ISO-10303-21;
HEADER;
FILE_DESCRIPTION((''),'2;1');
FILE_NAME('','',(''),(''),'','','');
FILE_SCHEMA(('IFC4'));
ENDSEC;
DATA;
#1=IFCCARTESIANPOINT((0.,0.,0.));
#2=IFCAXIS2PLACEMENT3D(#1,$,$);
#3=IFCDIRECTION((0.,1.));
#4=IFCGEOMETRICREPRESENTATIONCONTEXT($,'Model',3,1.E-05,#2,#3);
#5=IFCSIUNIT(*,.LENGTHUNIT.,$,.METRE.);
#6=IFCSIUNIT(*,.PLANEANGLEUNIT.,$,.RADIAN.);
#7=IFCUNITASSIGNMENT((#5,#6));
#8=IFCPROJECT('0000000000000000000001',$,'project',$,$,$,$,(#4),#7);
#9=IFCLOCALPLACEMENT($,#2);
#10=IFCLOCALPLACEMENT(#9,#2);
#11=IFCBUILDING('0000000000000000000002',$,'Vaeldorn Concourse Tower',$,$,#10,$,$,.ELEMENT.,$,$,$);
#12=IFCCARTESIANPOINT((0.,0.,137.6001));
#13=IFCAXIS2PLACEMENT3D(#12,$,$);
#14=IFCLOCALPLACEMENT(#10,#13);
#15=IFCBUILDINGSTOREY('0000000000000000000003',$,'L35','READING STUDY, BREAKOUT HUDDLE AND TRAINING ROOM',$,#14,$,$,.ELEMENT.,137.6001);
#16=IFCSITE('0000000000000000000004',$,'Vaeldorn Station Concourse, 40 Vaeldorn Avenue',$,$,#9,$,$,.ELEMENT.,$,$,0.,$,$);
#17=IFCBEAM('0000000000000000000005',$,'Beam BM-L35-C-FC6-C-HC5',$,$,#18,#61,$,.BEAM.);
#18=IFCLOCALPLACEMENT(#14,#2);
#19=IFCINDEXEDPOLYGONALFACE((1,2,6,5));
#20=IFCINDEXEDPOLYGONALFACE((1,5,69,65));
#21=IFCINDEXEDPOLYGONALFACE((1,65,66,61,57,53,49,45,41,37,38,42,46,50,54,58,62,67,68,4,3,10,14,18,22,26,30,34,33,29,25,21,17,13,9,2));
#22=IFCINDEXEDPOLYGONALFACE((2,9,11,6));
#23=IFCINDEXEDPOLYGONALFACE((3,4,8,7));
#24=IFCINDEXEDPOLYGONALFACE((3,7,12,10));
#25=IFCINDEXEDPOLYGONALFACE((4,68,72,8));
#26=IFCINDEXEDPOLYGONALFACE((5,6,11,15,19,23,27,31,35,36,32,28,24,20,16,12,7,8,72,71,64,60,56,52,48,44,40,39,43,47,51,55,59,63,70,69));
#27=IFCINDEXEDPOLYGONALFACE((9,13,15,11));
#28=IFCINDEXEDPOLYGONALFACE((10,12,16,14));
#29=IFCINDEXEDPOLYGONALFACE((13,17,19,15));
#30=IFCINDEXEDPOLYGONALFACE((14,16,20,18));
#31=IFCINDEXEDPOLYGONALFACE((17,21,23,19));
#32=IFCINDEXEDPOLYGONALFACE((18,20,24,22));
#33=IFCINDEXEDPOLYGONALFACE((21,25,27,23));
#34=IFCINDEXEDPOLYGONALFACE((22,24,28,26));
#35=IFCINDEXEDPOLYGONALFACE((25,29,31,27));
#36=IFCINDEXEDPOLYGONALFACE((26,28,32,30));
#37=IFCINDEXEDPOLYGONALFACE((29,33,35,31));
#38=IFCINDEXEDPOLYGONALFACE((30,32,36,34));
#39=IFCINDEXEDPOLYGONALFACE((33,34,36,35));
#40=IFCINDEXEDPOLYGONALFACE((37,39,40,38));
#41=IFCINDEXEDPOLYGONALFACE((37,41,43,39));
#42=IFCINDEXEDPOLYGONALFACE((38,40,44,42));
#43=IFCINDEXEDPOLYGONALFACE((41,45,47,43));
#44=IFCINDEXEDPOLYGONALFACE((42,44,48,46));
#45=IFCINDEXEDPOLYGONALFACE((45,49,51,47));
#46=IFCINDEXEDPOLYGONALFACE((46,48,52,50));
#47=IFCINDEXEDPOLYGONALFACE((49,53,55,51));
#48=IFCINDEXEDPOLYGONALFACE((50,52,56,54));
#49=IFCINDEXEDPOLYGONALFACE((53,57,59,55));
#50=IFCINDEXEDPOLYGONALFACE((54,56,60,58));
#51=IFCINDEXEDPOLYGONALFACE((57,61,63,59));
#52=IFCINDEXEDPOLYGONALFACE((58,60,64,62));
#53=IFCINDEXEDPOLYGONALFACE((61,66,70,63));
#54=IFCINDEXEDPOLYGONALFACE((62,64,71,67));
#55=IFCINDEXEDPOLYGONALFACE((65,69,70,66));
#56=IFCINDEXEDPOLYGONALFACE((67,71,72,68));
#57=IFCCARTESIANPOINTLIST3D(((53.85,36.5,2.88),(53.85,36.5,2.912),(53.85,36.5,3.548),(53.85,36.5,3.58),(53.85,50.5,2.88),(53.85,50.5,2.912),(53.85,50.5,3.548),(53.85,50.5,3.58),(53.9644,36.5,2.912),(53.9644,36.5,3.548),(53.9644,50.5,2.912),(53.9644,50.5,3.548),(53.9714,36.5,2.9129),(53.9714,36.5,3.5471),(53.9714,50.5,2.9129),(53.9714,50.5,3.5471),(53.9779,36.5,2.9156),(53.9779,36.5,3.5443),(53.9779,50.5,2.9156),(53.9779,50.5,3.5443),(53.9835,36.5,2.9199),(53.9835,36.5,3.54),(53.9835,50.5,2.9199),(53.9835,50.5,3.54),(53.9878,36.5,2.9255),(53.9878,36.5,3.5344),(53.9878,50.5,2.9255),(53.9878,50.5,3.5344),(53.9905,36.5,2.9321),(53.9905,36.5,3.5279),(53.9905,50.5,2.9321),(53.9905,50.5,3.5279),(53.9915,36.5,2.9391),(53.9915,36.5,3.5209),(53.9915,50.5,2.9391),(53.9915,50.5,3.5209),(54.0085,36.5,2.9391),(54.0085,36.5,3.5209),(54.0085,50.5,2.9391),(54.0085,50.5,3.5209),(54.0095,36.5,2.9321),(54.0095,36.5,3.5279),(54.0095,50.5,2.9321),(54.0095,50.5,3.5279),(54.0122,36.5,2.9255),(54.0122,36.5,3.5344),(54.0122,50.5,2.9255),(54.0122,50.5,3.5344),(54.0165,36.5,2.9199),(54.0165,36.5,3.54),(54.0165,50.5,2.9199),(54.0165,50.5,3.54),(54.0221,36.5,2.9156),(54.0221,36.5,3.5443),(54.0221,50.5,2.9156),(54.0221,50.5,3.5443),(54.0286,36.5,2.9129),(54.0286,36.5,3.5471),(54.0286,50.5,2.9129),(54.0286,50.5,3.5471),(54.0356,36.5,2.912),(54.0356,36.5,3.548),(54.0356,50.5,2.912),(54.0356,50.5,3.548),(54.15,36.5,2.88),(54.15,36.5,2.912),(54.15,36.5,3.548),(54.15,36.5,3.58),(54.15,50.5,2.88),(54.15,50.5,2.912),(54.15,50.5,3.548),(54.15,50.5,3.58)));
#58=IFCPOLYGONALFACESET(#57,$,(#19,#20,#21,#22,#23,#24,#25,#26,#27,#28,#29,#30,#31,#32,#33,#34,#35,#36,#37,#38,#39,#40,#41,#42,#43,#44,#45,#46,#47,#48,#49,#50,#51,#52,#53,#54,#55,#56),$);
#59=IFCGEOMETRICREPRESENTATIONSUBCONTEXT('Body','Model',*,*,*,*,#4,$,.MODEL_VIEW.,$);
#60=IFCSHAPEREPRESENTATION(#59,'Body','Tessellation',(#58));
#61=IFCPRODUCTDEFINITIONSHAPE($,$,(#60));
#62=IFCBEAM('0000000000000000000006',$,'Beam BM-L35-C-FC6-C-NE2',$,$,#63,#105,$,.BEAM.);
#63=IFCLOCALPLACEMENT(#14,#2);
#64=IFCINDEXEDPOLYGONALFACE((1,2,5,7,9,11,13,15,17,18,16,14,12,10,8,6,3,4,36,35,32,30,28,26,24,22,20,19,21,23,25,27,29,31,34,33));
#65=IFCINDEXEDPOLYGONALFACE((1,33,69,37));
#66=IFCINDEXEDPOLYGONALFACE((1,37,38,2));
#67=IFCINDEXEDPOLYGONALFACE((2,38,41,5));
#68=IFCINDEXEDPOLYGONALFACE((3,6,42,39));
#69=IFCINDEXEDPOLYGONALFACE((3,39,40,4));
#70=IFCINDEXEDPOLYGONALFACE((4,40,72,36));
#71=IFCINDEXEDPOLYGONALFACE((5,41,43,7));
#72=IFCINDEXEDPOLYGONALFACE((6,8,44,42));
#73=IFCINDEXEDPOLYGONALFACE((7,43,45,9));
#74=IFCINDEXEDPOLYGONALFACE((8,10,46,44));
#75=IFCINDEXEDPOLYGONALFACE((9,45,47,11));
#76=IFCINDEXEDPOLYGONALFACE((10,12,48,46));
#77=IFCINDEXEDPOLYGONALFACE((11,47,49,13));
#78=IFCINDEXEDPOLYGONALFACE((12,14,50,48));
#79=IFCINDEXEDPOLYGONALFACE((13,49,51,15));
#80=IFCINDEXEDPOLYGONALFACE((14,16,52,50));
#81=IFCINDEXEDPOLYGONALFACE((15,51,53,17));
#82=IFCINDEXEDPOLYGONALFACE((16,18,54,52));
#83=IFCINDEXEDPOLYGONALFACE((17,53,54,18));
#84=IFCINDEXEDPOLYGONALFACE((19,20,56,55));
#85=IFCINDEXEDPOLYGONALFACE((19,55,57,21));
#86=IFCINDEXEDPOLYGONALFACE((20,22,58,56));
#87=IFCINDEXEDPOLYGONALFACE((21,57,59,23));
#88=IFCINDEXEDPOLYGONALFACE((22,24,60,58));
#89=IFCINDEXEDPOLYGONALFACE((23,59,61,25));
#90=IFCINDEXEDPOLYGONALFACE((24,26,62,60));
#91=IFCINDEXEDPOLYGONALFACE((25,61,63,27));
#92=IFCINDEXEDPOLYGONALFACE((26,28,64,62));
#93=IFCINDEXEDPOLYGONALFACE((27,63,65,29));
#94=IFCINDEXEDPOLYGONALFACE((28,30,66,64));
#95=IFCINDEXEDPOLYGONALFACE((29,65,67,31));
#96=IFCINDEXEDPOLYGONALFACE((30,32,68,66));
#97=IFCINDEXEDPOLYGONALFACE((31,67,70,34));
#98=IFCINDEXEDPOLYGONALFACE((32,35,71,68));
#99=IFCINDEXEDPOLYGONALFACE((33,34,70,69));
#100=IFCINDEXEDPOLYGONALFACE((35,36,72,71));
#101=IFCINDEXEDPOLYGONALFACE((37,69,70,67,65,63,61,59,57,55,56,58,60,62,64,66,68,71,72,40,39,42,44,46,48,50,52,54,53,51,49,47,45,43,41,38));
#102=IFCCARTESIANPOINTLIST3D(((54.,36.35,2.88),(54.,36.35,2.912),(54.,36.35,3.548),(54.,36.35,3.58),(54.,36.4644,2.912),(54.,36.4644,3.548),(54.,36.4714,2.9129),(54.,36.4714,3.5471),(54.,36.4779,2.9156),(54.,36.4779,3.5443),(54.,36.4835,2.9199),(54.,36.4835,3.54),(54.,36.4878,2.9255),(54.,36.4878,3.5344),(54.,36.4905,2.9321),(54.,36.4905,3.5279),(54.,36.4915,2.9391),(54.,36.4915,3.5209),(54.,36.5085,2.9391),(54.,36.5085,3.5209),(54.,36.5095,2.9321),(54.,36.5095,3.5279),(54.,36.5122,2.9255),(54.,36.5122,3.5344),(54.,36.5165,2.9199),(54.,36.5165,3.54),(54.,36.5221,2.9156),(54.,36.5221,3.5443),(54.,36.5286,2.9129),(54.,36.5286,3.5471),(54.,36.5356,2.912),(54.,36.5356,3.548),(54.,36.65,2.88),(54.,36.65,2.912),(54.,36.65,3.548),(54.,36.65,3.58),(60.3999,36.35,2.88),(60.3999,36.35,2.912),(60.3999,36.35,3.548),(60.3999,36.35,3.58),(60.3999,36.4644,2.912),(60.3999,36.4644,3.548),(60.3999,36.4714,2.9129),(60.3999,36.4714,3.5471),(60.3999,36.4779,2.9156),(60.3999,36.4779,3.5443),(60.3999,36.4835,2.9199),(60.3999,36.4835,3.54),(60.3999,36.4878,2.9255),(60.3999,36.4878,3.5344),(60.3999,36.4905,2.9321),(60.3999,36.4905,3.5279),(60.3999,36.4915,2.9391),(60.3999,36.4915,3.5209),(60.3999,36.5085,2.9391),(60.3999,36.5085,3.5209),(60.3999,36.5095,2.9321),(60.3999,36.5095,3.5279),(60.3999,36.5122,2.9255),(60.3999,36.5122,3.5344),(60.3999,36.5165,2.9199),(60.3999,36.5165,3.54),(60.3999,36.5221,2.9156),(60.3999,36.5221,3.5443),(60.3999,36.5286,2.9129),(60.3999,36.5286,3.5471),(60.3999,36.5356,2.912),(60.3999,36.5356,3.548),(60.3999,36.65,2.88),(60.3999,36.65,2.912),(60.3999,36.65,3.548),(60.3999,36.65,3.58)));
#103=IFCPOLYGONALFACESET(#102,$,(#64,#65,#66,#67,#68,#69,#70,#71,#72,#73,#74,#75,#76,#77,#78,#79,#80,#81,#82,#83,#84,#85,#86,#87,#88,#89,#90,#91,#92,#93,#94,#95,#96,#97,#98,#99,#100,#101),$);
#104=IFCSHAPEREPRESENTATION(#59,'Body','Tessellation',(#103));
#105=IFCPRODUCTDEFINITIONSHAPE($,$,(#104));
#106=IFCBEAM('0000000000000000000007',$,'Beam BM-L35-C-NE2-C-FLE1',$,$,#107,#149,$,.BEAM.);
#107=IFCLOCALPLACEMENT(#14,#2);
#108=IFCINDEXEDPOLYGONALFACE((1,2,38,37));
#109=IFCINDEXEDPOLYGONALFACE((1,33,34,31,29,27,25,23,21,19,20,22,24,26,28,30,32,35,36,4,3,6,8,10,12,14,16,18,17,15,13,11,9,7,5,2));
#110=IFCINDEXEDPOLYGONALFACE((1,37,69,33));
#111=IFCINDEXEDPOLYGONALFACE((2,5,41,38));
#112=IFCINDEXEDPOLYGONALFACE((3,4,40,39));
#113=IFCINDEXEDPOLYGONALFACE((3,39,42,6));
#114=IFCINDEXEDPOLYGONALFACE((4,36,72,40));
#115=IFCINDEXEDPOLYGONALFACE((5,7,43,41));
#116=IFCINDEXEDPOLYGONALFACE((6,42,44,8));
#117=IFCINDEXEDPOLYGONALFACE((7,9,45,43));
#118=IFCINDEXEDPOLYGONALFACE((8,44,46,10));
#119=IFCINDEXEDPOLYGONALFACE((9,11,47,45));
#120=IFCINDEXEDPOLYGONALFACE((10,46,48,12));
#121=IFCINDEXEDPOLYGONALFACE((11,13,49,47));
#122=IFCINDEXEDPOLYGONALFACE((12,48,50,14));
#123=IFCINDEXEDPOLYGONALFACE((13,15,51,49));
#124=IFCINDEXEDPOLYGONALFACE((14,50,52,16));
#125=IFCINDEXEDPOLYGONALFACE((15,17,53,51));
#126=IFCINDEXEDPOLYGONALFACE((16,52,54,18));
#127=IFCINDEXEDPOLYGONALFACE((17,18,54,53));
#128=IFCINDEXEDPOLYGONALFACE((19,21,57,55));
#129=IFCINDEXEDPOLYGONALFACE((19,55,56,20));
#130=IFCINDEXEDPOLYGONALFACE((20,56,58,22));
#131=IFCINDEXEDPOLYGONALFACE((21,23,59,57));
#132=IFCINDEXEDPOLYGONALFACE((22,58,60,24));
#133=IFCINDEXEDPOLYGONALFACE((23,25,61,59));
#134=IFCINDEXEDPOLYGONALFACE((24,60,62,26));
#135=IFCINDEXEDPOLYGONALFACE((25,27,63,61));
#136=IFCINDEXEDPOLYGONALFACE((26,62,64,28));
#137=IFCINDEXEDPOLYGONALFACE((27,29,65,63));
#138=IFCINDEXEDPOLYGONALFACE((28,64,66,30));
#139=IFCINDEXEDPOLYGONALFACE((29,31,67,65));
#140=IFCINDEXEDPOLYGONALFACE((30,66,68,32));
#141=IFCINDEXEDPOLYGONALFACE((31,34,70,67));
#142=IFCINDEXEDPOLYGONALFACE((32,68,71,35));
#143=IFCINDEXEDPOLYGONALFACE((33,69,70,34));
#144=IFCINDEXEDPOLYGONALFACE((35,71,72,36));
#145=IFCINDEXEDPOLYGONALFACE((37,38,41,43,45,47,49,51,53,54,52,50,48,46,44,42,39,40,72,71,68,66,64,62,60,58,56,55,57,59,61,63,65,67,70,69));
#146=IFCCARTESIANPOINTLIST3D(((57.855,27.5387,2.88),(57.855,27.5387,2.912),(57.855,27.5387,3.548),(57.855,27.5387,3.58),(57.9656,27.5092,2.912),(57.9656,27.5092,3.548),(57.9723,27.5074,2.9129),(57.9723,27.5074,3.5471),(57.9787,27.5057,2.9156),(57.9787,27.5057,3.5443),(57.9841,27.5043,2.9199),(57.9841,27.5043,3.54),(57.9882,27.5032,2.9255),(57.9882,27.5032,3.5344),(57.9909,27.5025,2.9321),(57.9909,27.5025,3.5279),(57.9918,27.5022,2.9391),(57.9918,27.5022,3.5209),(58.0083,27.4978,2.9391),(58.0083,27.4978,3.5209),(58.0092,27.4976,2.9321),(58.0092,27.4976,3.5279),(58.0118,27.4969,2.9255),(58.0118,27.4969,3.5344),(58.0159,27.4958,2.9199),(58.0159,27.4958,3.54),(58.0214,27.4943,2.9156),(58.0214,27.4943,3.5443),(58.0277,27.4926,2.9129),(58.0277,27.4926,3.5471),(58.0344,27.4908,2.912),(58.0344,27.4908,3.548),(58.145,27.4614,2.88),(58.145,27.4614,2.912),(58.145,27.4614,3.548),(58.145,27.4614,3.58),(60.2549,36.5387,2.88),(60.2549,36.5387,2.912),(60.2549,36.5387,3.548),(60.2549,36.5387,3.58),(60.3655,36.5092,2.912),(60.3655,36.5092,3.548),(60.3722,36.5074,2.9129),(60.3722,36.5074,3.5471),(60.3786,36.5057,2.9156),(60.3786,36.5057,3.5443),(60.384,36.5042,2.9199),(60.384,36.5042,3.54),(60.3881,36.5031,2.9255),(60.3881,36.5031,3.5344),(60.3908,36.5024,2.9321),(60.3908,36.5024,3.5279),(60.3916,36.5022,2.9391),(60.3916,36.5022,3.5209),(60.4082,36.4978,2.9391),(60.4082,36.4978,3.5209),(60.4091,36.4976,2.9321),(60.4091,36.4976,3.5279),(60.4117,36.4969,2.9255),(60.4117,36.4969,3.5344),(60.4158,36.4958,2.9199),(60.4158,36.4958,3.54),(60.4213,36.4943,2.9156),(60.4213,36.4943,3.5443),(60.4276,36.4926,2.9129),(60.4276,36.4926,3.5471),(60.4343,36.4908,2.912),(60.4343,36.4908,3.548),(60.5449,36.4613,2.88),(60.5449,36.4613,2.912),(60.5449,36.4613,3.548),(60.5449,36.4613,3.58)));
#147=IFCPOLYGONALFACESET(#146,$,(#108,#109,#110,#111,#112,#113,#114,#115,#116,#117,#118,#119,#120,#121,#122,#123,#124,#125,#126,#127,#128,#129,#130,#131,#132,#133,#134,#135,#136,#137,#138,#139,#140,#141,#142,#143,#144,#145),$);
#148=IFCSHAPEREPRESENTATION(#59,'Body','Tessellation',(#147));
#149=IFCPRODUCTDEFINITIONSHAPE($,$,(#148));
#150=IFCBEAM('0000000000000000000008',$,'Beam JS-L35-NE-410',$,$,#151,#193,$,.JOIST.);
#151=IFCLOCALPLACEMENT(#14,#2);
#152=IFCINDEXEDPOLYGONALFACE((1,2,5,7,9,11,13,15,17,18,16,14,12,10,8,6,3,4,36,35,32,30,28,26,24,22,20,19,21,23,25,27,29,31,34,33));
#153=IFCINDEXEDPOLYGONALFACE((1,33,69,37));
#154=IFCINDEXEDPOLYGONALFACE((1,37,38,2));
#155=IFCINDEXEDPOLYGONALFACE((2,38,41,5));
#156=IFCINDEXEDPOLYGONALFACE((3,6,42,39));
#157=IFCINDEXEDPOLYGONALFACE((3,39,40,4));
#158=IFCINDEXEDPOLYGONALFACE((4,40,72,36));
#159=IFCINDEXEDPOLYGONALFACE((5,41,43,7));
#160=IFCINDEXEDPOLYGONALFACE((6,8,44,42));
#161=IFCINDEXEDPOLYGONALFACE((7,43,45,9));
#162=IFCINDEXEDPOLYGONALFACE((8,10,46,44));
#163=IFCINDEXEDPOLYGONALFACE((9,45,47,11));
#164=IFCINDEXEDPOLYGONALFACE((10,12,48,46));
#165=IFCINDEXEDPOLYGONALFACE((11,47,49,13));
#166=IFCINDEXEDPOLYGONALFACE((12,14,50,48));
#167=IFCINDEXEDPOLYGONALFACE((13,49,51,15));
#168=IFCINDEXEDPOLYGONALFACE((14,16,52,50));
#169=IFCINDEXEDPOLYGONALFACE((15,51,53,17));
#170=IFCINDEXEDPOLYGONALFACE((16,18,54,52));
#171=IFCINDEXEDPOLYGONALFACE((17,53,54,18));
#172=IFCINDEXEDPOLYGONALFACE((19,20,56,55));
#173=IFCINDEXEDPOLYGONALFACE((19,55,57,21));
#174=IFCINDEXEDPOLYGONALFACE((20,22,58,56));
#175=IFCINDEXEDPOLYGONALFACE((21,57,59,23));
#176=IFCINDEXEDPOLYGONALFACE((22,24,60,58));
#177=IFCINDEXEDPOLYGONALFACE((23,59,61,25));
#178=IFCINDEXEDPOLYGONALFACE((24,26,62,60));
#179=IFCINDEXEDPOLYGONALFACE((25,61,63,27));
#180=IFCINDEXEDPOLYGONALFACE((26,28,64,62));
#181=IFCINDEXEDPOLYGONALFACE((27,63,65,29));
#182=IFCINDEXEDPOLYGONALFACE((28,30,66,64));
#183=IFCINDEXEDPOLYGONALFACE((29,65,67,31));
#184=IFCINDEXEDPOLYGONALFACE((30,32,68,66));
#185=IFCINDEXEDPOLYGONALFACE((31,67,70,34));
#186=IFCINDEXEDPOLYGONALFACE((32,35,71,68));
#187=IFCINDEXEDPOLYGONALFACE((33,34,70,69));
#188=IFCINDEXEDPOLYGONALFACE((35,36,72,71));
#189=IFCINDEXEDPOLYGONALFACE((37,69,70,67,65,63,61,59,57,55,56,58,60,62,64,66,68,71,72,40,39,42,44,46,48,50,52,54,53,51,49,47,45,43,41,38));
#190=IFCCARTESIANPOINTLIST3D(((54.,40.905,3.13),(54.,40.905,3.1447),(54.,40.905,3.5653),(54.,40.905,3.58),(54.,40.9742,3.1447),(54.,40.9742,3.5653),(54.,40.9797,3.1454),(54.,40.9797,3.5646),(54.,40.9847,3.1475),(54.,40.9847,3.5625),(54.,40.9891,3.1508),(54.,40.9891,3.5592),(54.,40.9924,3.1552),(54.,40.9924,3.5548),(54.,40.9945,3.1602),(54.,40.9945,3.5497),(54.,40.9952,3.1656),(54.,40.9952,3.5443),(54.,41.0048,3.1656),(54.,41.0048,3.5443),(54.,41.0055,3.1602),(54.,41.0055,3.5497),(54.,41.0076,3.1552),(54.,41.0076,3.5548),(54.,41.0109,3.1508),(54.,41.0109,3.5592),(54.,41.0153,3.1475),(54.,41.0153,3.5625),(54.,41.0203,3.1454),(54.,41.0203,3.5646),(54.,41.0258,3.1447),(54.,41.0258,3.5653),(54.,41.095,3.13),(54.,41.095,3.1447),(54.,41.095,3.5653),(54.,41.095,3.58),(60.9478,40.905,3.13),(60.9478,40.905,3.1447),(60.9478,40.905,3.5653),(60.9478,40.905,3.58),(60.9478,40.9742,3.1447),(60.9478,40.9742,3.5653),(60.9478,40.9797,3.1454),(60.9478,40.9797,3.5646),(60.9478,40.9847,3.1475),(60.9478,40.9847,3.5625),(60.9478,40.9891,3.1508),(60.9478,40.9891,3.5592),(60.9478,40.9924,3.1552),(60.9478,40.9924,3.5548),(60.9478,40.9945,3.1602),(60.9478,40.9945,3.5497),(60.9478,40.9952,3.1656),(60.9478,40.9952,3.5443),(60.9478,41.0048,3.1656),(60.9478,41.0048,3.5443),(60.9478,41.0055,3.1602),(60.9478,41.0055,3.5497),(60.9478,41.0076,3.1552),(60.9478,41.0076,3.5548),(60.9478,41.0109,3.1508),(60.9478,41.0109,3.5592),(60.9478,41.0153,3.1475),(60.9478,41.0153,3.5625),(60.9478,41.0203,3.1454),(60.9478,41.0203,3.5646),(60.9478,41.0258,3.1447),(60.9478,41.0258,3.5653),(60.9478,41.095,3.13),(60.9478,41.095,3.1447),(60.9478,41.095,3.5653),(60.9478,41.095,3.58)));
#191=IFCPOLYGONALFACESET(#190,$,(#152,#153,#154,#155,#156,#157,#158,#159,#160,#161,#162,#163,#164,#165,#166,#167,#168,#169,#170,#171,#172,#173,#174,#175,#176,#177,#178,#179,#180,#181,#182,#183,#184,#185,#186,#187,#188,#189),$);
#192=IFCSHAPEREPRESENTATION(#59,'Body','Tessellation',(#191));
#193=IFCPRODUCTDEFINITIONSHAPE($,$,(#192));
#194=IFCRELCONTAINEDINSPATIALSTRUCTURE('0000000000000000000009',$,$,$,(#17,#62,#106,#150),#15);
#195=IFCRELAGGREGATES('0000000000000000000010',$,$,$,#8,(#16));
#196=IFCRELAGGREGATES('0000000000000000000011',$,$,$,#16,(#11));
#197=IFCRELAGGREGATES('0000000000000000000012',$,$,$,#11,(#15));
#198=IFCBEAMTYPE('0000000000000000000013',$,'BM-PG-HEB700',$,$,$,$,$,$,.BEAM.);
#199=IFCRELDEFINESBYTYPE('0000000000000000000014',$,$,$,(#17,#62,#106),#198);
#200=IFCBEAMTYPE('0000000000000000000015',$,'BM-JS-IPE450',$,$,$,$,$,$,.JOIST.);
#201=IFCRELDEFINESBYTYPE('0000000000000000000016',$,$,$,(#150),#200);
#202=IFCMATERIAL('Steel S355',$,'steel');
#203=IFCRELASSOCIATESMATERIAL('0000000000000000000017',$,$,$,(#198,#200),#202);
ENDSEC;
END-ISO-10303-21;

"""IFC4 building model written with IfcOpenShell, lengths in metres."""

from ifc_helpers import new_model, si_unit, direction, frame, origin, origin_2d, place, context, subcontext, project, spatial, i_section, extrude, source, transform, mapped, material, material_profile, profile_set, type_object, element, save


model = new_model("IFC4")

# Units and contexts
model_context = context("Model", 3, precision=1e-05, world=origin(), true_north=direction((0.0, 1.0)))
body_context = subcontext(model_context, "Body", "Model", "MODEL_VIEW")
ifc_project = project(units=[si_unit("LENGTHUNIT", "METRE"), si_unit("PLANEANGLEUNIT", "RADIAN")], contexts=[model_context])

# Site, building, storey
site_placement = place(None, origin())
site = spatial("IfcSite", under=ifc_project, at=site_placement, Name="Vaeldorn Station Concourse, 40 Vaeldorn Avenue", CompositionType="ELEMENT", RefElevation=0.0)
building_placement = place(site_placement, origin())
building = spatial("IfcBuilding", under=site, at=building_placement, Name="Vaeldorn Concourse Tower", CompositionType="ELEMENT")
storey_placement = place(building_placement, frame((0.0, 0.0, 137.6001)))
storey = spatial("IfcBuildingStorey", under=building, at=storey_placement, Name="L35", Description="READING STUDY, BREAKOUT HUDDLE AND TRAINING ROOM", CompositionType="ELEMENT", Elevation=137.6001)

# Beams
ifc_material_1 = material(Name="Steel S355", Category="steel")
ifc_material_profile_1 = material_profile(ifc_material_1, i_section(OverallWidth=0.3, OverallDepth=0.7, WebThickness=0.0171, FlangeThickness=0.032, FilletRadius=0.0271, at=origin_2d()), Name="HEB 700")
ifc_profile_set_1 = profile_set([ifc_material_profile_1], Name="Steel S355")
beam_type_1 = type_object("IfcBeamType", Name="BM-PG-HEB700", PredefinedType="BEAM", material=ifc_profile_set_1)
shared_shape_1 = source(origin(), body_context, "Body", "SweptSolid", [
    extrude(i_section(OverallWidth=0.3, OverallDepth=0.7, WebThickness=0.0171, FlangeThickness=0.032, FilletRadius=0.0271, at=origin_2d()), origin(), (0.0, 0.0, 1.0), 14.0),
])
beam_1_placement = place(storey_placement, frame((54.0, 36.5, 3.23), z_axis=(0.0, 1.0, 0.0), x_axis=(-1.0, 0.0, 0.0)))
element("IfcBeam", 1, at=beam_1_placement, inside=storey, type_object=beam_type_1, Name="Beam BM-L35-C-FC6-C-HC5", PredefinedType="BEAM", context=body_context, shape_type="MappedRepresentation", body=[
    mapped(shared_shape_1, transform((0.0, 0.0, 0.0), scale=1.0)),
])
shared_shape_2 = source(origin(), body_context, "Body", "SweptSolid", [
    extrude(i_section(OverallWidth=0.3, OverallDepth=0.7, WebThickness=0.0171, FlangeThickness=0.032, FilletRadius=0.0271, at=origin_2d()), origin(), (0.0, 0.0, 1.0), 6.3999),
])
beam_2_placement = place(storey_placement, frame((54.0, 36.5, 3.23), z_axis=(1.0, 0.0, 0.0), x_axis=(0.0, 1.0, 0.0)))
element("IfcBeam", 2, at=beam_2_placement, inside=storey, type_object=beam_type_1, Name="Beam BM-L35-C-FC6-C-NE2", PredefinedType="BEAM", context=body_context, shape_type="MappedRepresentation", body=[
    mapped(shared_shape_2, transform((0.0, 0.0, 0.0), scale=1.0)),
])
shared_shape_3 = source(origin(), body_context, "Body", "SweptSolid", [
    extrude(i_section(OverallWidth=0.3, OverallDepth=0.7, WebThickness=0.0171, FlangeThickness=0.032, FilletRadius=0.0271, at=origin_2d()), origin(), (0.0, 0.0, 1.0), 9.3145),
])
beam_3_placement = place(storey_placement, frame((60.3999, 36.5, 3.23), z_axis=(-0.257653, -0.966238, 0.0), x_axis=(0.966238, -0.257653, 0.0)))
element("IfcBeam", 3, at=beam_3_placement, inside=storey, type_object=beam_type_1, Name="Beam BM-L35-C-NE2-C-FLE1", PredefinedType="BEAM", context=body_context, shape_type="MappedRepresentation", body=[
    mapped(shared_shape_3, transform((0.0, 0.0, 0.0), scale=1.0)),
])
ifc_material_profile_2 = material_profile(ifc_material_1, i_section(OverallWidth=0.1899, OverallDepth=0.45, WebThickness=0.0095, FlangeThickness=0.0146, FilletRadius=0.021, at=origin_2d()), Name="IPE 450")
ifc_profile_set_2 = profile_set([ifc_material_profile_2], Name="Steel S355")
beam_type_2 = type_object("IfcBeamType", Name="BM-JS-IPE450", PredefinedType="JOIST", material=ifc_profile_set_2)
shared_shape_4 = source(origin(), body_context, "Body", "SweptSolid", [
    extrude(i_section(OverallWidth=0.1899, OverallDepth=0.45, WebThickness=0.0095, FlangeThickness=0.0146, FilletRadius=0.021, at=origin_2d()), origin(), (0.0, 0.0, 1.0), 6.9478),
])
beam_4_placement = place(storey_placement, frame((54.0, 41.0, 3.355), z_axis=(1.0, 0.0, 0.0), x_axis=(0.0, 1.0, 0.0)))
element("IfcBeam", 4, at=beam_4_placement, inside=storey, type_object=beam_type_2, Name="Beam JS-L35-NE-410", PredefinedType="JOIST", context=body_context, shape_type="MappedRepresentation", body=[
    mapped(shared_shape_4, transform((0.0, 0.0, 0.0), scale=1.0)),
])

save(model, "model.ifc")
